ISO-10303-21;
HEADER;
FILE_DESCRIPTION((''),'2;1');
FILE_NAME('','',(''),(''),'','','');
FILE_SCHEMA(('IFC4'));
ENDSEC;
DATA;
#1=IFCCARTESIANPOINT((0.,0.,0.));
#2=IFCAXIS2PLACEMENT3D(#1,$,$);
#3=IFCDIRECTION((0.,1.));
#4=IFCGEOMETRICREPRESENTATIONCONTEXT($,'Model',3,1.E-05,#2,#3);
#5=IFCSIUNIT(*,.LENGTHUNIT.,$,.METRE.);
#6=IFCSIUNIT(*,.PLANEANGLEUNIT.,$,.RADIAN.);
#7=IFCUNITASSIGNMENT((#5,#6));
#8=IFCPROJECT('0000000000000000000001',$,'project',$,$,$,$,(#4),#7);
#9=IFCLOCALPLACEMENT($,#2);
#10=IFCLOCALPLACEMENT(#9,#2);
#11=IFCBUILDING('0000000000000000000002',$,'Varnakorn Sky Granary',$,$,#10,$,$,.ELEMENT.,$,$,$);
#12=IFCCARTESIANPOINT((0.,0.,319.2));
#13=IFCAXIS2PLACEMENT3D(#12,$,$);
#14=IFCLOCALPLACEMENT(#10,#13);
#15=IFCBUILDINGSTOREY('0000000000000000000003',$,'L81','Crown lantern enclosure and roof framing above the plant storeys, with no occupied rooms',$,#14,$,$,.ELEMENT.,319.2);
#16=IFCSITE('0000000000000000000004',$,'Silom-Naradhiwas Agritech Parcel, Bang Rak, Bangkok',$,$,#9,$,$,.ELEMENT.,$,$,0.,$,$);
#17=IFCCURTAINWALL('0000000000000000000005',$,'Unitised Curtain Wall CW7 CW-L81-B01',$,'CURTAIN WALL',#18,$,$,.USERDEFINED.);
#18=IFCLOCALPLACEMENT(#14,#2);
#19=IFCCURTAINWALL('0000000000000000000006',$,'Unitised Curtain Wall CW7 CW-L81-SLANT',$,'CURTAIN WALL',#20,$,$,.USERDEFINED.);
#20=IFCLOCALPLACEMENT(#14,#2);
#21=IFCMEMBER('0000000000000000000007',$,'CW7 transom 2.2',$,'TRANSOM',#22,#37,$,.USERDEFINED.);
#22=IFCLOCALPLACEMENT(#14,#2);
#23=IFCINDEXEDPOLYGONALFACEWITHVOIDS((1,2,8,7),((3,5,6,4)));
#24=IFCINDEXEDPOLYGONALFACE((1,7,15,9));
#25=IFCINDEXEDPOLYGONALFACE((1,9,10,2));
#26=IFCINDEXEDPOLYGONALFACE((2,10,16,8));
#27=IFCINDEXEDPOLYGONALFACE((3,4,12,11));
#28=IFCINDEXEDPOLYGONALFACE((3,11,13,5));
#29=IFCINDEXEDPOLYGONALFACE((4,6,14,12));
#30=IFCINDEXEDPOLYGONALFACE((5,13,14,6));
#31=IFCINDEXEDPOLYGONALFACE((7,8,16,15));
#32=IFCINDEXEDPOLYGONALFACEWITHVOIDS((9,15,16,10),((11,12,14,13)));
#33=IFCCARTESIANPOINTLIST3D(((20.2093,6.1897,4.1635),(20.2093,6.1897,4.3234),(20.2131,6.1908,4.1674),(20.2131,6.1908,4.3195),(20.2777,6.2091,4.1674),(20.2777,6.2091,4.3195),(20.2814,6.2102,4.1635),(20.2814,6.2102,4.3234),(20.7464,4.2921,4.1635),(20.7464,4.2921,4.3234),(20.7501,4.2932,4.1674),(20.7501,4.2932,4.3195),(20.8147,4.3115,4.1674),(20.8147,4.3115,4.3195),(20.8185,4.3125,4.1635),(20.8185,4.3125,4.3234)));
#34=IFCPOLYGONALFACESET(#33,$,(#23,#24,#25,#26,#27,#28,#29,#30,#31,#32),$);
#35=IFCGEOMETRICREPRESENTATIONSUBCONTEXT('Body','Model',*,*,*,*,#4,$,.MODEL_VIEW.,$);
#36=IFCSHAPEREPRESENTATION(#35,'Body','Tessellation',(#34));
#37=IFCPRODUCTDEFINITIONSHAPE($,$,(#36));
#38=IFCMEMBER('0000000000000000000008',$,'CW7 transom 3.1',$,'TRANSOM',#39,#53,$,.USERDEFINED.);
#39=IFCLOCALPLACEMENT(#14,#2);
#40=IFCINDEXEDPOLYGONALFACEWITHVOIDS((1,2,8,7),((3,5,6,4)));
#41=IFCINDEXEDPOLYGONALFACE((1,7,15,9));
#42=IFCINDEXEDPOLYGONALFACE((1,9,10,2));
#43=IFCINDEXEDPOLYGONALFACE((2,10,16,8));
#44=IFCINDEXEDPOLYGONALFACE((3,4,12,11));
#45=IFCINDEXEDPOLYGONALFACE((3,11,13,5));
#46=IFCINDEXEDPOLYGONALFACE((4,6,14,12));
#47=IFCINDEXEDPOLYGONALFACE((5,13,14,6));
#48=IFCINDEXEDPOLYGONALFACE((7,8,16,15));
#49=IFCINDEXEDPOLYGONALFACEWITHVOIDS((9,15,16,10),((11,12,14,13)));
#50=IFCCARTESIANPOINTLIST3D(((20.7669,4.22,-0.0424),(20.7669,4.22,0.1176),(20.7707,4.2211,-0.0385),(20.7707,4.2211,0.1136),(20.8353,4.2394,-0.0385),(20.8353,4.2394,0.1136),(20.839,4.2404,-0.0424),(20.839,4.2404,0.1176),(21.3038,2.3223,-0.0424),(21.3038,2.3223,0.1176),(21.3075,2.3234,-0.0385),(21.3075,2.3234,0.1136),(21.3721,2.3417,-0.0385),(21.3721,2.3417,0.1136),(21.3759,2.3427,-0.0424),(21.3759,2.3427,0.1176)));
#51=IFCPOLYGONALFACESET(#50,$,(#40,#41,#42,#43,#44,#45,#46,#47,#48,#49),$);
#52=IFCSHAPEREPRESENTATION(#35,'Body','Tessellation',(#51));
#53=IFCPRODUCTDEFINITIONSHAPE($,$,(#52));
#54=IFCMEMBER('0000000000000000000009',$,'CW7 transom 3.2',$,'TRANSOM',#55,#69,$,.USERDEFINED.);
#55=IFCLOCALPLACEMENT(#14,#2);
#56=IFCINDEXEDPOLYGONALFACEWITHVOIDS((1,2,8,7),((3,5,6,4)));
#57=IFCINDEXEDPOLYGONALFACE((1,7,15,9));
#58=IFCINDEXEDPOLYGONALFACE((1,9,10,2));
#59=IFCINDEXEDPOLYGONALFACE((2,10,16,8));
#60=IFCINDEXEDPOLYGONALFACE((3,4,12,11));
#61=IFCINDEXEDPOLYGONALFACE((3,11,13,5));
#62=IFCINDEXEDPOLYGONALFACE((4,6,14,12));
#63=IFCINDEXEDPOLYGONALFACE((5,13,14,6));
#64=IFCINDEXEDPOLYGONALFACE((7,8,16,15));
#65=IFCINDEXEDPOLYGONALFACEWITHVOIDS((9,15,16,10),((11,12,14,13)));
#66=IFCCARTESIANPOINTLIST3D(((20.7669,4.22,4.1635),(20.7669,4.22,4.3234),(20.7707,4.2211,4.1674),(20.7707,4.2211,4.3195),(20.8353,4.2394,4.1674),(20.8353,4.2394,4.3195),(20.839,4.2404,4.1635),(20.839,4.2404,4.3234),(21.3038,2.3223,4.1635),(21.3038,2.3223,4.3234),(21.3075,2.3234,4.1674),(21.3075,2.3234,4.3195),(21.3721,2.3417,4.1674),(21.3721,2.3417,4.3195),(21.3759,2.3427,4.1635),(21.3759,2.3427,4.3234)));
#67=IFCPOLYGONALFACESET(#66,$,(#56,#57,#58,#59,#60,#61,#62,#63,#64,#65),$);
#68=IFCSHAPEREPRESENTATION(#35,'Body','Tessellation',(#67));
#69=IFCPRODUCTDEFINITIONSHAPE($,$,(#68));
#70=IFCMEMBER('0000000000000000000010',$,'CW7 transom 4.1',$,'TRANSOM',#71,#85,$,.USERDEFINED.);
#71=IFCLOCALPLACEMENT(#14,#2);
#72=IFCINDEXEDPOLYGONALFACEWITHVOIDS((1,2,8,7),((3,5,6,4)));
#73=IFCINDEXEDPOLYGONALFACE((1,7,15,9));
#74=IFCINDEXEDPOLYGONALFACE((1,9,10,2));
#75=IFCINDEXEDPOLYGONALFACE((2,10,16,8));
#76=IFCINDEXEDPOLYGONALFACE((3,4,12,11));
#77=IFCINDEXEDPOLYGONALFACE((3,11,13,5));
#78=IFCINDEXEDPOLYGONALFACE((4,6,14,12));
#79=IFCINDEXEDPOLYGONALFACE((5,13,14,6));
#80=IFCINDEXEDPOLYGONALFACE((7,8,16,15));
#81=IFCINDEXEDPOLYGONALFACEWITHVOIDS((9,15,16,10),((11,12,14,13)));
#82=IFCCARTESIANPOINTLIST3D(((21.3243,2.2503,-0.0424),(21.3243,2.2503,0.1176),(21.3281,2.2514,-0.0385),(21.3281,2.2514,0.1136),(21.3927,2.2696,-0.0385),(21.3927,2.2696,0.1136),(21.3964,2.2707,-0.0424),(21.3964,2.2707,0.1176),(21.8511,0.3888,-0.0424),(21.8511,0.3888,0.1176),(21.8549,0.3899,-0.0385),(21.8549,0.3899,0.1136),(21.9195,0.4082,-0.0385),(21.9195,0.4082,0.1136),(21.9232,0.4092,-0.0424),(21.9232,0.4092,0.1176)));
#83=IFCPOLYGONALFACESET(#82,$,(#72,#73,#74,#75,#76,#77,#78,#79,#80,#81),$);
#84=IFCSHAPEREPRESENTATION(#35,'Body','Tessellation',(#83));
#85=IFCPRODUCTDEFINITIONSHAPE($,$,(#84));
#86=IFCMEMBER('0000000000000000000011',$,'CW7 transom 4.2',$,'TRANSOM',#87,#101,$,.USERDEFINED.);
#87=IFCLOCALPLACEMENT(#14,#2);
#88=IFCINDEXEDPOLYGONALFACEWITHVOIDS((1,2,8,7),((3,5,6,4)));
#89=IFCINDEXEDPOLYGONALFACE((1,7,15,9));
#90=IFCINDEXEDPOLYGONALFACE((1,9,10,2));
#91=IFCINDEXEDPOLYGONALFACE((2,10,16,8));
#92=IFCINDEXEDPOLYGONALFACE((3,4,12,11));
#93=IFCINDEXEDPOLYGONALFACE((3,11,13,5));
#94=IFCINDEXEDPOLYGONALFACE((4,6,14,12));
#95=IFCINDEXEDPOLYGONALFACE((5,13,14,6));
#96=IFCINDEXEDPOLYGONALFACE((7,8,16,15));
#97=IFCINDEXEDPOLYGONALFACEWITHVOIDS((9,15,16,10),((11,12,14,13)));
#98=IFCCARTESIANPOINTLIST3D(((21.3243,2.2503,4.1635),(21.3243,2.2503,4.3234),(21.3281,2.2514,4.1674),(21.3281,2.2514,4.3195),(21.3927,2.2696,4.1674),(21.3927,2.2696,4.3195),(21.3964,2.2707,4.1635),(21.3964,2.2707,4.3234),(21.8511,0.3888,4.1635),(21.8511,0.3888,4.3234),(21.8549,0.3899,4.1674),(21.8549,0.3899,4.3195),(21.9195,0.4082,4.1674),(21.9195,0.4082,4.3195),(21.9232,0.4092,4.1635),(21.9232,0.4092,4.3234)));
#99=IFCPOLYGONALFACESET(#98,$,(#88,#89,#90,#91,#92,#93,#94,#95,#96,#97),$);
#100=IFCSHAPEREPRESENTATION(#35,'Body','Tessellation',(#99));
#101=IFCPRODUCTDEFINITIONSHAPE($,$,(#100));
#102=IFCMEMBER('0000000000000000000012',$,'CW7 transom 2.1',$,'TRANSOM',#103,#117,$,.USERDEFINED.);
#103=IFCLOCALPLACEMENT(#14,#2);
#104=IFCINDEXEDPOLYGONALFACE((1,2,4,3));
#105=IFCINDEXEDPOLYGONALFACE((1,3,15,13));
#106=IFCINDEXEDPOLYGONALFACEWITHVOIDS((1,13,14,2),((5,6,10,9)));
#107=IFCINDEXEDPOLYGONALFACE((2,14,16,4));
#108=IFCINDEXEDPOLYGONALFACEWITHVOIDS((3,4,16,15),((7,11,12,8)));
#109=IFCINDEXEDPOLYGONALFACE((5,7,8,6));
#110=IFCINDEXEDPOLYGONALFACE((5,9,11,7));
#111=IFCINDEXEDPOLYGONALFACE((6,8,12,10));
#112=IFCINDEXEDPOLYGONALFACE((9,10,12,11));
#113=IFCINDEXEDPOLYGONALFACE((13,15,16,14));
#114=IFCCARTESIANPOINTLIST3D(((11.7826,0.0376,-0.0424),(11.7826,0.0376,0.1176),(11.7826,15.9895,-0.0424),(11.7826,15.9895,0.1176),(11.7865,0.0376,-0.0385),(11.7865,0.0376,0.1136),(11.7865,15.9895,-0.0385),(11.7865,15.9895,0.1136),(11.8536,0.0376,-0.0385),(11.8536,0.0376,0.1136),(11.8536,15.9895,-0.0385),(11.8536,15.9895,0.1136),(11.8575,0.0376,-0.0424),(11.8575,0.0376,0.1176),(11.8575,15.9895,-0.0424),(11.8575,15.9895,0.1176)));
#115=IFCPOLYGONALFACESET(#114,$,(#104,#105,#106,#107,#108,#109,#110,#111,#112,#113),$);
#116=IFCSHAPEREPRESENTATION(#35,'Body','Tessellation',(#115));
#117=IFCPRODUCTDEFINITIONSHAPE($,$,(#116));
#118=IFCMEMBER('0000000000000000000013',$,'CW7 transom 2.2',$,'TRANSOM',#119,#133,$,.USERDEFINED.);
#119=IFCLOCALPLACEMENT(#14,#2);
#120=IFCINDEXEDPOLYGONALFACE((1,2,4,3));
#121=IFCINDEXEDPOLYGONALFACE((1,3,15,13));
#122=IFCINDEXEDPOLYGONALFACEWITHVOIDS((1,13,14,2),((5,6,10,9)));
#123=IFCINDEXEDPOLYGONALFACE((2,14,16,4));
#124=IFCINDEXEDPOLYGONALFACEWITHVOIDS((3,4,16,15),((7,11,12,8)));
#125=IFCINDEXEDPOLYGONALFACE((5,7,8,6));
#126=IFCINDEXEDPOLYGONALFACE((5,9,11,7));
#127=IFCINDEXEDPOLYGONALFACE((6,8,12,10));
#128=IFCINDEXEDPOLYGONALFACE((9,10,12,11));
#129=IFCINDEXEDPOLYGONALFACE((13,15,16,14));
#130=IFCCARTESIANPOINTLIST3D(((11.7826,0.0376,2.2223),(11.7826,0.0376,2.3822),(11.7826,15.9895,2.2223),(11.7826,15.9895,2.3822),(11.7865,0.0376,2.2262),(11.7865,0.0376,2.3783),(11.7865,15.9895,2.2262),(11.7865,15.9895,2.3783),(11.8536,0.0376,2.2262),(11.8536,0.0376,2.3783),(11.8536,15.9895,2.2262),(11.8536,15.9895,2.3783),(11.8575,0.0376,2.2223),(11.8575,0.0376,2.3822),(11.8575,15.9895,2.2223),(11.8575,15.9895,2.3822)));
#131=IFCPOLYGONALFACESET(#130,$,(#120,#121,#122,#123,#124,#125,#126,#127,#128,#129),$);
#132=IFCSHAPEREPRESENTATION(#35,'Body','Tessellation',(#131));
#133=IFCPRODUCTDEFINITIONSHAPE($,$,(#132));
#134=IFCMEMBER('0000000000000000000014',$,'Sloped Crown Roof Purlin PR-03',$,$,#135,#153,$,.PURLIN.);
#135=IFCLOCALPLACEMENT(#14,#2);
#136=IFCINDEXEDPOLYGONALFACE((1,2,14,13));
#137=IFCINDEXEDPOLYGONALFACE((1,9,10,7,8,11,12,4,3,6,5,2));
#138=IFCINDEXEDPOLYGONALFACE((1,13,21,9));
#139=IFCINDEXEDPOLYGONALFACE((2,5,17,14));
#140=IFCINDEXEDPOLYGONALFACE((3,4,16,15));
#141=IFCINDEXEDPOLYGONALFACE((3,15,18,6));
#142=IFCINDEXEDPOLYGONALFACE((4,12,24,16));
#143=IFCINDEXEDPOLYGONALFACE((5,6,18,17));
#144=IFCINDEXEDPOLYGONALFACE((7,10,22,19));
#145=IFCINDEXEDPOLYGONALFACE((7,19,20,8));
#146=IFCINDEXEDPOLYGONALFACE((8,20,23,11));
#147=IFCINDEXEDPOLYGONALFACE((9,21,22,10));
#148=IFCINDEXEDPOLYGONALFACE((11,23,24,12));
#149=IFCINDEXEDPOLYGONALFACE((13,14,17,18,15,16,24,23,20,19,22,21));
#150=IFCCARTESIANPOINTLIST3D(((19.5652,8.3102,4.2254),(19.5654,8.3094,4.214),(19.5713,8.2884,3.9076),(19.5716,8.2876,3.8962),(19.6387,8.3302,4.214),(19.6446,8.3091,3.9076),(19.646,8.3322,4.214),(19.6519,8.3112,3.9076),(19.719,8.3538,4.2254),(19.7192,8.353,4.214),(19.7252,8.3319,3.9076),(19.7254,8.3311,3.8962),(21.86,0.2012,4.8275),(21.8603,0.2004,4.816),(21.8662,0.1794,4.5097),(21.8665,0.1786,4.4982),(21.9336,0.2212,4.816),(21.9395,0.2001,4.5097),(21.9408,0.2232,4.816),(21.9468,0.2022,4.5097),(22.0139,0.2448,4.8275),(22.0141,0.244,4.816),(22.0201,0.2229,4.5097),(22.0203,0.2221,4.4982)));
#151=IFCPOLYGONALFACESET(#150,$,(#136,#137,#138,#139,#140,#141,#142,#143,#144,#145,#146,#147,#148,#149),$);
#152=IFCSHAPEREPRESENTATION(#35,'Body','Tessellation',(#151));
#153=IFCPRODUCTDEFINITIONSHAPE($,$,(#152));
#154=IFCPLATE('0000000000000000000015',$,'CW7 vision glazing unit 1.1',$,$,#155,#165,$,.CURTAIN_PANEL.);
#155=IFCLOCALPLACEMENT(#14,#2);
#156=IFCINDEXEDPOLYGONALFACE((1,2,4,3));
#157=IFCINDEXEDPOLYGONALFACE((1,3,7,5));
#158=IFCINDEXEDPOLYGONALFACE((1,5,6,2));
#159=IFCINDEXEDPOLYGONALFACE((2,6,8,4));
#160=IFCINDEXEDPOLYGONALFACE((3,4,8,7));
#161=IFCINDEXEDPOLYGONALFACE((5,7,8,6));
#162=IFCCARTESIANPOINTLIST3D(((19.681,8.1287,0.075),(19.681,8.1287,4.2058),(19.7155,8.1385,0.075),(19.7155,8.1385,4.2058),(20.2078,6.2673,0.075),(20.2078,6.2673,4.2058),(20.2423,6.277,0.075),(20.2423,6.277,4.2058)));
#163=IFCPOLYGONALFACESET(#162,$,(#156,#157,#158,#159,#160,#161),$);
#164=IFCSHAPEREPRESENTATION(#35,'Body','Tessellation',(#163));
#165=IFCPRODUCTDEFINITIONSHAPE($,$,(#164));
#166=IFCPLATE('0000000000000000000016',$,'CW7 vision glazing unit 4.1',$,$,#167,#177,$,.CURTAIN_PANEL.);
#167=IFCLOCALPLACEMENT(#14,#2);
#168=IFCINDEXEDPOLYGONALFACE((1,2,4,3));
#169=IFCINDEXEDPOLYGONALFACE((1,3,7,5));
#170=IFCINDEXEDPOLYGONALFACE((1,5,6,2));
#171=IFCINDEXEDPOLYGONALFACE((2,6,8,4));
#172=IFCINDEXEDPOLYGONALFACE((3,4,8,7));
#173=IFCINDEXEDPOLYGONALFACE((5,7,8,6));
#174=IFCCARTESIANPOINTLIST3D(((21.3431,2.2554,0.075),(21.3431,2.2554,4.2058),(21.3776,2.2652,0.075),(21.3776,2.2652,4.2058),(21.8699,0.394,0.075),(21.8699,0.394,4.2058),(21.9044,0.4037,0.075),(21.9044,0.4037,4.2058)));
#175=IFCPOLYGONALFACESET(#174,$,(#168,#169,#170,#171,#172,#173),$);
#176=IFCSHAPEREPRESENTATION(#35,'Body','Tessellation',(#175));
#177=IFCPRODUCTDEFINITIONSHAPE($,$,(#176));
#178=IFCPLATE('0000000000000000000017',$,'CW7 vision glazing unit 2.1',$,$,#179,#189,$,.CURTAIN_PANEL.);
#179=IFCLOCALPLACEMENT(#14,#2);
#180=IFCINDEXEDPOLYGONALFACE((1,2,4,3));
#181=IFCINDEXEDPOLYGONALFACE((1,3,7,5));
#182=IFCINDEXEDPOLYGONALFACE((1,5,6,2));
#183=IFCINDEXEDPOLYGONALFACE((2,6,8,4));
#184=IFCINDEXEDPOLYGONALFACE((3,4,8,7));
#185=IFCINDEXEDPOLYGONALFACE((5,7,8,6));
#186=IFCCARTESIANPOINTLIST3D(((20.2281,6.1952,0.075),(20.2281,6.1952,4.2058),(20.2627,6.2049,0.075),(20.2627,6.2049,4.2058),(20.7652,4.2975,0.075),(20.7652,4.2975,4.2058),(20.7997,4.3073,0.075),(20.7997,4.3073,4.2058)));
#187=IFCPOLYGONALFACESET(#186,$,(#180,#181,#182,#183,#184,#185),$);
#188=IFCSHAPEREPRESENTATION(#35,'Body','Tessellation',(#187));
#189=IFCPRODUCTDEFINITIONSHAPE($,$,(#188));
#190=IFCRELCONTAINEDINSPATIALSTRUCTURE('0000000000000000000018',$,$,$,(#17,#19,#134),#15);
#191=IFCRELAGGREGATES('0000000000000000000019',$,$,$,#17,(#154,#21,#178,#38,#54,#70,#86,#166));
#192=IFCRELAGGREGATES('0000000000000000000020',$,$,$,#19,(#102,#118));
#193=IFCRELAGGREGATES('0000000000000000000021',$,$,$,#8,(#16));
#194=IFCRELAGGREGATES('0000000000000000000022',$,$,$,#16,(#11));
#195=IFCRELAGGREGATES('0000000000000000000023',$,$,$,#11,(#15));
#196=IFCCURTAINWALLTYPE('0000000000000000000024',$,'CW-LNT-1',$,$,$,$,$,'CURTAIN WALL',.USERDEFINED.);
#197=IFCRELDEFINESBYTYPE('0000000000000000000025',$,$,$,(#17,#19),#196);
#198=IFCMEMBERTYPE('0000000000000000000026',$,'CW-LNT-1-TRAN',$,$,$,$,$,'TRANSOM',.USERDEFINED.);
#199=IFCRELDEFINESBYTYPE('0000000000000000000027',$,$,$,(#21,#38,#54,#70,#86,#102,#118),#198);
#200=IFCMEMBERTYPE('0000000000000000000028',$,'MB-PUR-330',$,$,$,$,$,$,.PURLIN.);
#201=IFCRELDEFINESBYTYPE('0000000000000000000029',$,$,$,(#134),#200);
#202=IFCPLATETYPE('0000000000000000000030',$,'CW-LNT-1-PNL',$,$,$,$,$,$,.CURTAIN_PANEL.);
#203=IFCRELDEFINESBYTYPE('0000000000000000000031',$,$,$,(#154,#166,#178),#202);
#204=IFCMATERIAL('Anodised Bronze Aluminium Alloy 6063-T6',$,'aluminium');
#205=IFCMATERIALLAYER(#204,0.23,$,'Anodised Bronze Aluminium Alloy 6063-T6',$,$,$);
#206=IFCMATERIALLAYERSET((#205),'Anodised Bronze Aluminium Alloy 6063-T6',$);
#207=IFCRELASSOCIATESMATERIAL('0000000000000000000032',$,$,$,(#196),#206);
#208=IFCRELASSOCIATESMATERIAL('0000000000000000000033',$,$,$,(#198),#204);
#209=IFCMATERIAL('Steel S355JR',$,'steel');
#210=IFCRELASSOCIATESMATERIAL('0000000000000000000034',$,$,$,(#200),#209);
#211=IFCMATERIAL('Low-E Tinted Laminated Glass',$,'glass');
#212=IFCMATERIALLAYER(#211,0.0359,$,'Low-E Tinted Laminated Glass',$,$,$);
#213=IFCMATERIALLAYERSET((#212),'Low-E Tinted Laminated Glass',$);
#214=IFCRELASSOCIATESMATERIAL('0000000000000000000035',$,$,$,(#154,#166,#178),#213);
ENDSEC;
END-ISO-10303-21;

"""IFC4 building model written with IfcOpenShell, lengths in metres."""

from ifc_helpers import new_model, si_unit, direction, frame, origin, origin_2d, place, context, subcontext, project, spatial, rectangle, hollow_rectangle, i_section, extrude, source, transform, mapped, material, layer, layer_set, material_profile, profile_set, type_object, element, aggregate, save


model = new_model("IFC4")

# Units and contexts
model_context = context("Model", 3, precision=1e-05, world=origin(), true_north=direction((0.0, 1.0)))
body_context = subcontext(model_context, "Body", "Model", "MODEL_VIEW")
ifc_project = project(units=[si_unit("LENGTHUNIT", "METRE"), si_unit("PLANEANGLEUNIT", "RADIAN")], contexts=[model_context])

# Site, building, storey
site_placement = place(None, origin())
site = spatial("IfcSite", under=ifc_project, at=site_placement, Name="Silom-Naradhiwas Agritech Parcel, Bang Rak, Bangkok", CompositionType="ELEMENT", RefElevation=0.0)
building_placement = place(site_placement, origin())
building = spatial("IfcBuilding", under=site, at=building_placement, Name="Varnakorn Sky Granary", CompositionType="ELEMENT")
storey_placement = place(building_placement, frame((0.0, 0.0, 319.2)))
storey = spatial("IfcBuildingStorey", under=building, at=storey_placement, Name="L81", Description="Crown lantern enclosure and roof framing above the plant storeys, with no occupied rooms", CompositionType="ELEMENT", Elevation=319.2)

# Shared definitions
ifc_material_1 = material(Name="Steel S355JR", Category="steel")

# Curtain wall
ifc_material_2 = material(Name="Anodised Bronze Aluminium Alloy 6063-T6", Category="aluminium")
ifc_layer_1 = layer(ifc_material_2, 0.23, Name="Anodised Bronze Aluminium Alloy 6063-T6")
ifc_layer_set_1 = layer_set([ifc_layer_1], Name="Anodised Bronze Aluminium Alloy 6063-T6")
curtain_wall_type = type_object("IfcCurtainWallType", Name="CW-LNT-1", ElementType="CURTAIN WALL", PredefinedType="USERDEFINED", material=ifc_layer_set_1)
curtain_wall_1_placement = place(storey_placement, origin())
curtain_wall_1 = element("IfcCurtainWall", 1, at=curtain_wall_1_placement, inside=storey, type_object=curtain_wall_type, Name="Unitised Curtain Wall CW7 CW-L81-B01", ObjectType="CURTAIN WALL", PredefinedType="USERDEFINED")

# Curtain wall
curtain_wall_2_placement = place(storey_placement, origin())
curtain_wall_2 = element("IfcCurtainWall", 2, at=curtain_wall_2_placement, inside=storey, type_object=curtain_wall_type, Name="Unitised Curtain Wall CW7 CW-L81-SLANT", ObjectType="CURTAIN WALL", PredefinedType="USERDEFINED")

# Members
ifc_material_profile_1 = material_profile(ifc_material_2, hollow_rectangle(XDim=0.075, YDim=0.1599, WallThickness=0.0039, at=origin_2d()), Name="ALU TRAN 75x160")
ifc_profile_set_1 = profile_set([ifc_material_profile_1], Name="Anodised Bronze Aluminium Alloy 6063-T6")
member_type_1 = type_object("IfcMemberType", Name="CW-LNT-1-TRAN", ElementType="TRANSOM", PredefinedType="USERDEFINED", material=ifc_profile_set_1)
member_1_placement = place(storey_placement, frame((20.2454, 6.2, 4.2434), z_axis=(0.272333, -0.962203, 0.0), x_axis=(0.962203, 0.272333, 0.0)))
member_1 = element("IfcMember", 3, at=member_1_placement, type_object=member_type_1, Name="CW7 transom 2.2", ObjectType="TRANSOM", PredefinedType="USERDEFINED", context=body_context, shape_type="SweptSolid", body=[
    extrude(hollow_rectangle(XDim=0.075, YDim=0.1599, WallThickness=0.0039, at=origin_2d()), origin(), (0.0, 0.0, 1.0), 1.9722),
])
member_2_placement = place(storey_placement, frame((20.803, 4.2302, 0.0376), z_axis=(0.272219, -0.962235, 0.0), x_axis=(0.962235, 0.272219, 0.0)))
member_2 = element("IfcMember", 4, at=member_2_placement, type_object=member_type_1, Name="CW7 transom 3.1", ObjectType="TRANSOM", PredefinedType="USERDEFINED", context=body_context, shape_type="SweptSolid", body=[
    extrude(hollow_rectangle(XDim=0.075, YDim=0.1599, WallThickness=0.0039, at=origin_2d()), origin(), (0.0, 0.0, 1.0), 1.9722),
])
member_3_placement = place(storey_placement, frame((20.803, 4.2302, 4.2434), z_axis=(0.272219, -0.962235, 0.0), x_axis=(0.962235, 0.272219, 0.0)))
member_3 = element("IfcMember", 5, at=member_3_placement, type_object=member_type_1, Name="CW7 transom 3.2", ObjectType="TRANSOM", PredefinedType="USERDEFINED", context=body_context, shape_type="SweptSolid", body=[
    extrude(hollow_rectangle(XDim=0.075, YDim=0.1599, WallThickness=0.0039, at=origin_2d()), origin(), (0.0, 0.0, 1.0), 1.9722),
])
member_4_placement = place(storey_placement, frame((21.3604, 2.2605, 0.0376), z_axis=(0.27232, -0.962207, 0.0), x_axis=(0.962207, 0.27232, 0.0)))
member_4 = element("IfcMember", 6, at=member_4_placement, type_object=member_type_1, Name="CW7 transom 4.1", ObjectType="TRANSOM", PredefinedType="USERDEFINED", context=body_context, shape_type="SweptSolid", body=[
    extrude(hollow_rectangle(XDim=0.075, YDim=0.1599, WallThickness=0.0039, at=origin_2d()), origin(), (0.0, 0.0, 1.0), 1.9346),
])
member_5_placement = place(storey_placement, frame((21.3604, 2.2605, 4.2434), z_axis=(0.27232, -0.962207, 0.0), x_axis=(0.962207, 0.27232, 0.0)))
member_5 = element("IfcMember", 7, at=member_5_placement, type_object=member_type_1, Name="CW7 transom 4.2", ObjectType="TRANSOM", PredefinedType="USERDEFINED", context=body_context, shape_type="SweptSolid", body=[
    extrude(hollow_rectangle(XDim=0.075, YDim=0.1599, WallThickness=0.0039, at=origin_2d()), origin(), (0.0, 0.0, 1.0), 1.9346),
])
member_6_placement = place(storey_placement, frame((11.8201, 0.0376, 0.0376), z_axis=(0.0, 1.0, 0.0), x_axis=(-1.0, 0.0, 0.0)))
member_6 = element("IfcMember", 8, at=member_6_placement, type_object=member_type_1, Name="CW7 transom 2.1", ObjectType="TRANSOM", PredefinedType="USERDEFINED", context=body_context, shape_type="SweptSolid", body=[
    extrude(hollow_rectangle(XDim=0.075, YDim=0.1599, WallThickness=0.0039, at=origin_2d()), origin(), (0.0, 0.0, 1.0), 15.9519),
])
member_7_placement = place(storey_placement, frame((11.8201, 0.0376, 2.3022), z_axis=(0.0, 1.0, 0.0), x_axis=(-1.0, 0.0, 0.0)))
member_7 = element("IfcMember", 9, at=member_7_placement, type_object=member_type_1, Name="CW7 transom 2.2", ObjectType="TRANSOM", PredefinedType="USERDEFINED", context=body_context, shape_type="SweptSolid", body=[
    extrude(hollow_rectangle(XDim=0.075, YDim=0.1599, WallThickness=0.0039, at=origin_2d()), origin(), (0.0, 0.0, 1.0), 15.9519),
])
ifc_material_profile_2 = material_profile(ifc_material_1, i_section(OverallWidth=0.1599, OverallDepth=0.3301, WebThickness=0.0076, FlangeThickness=0.0115, at=origin_2d()), Name="IPE 330")
ifc_profile_set_2 = profile_set([ifc_material_profile_2], Name="Steel S355JR")
member_type_2 = type_object("IfcMemberType", Name="MB-PUR-330", PredefinedType="PURLIN", material=ifc_profile_set_2)
member_8_placement = place(storey_placement, frame((21.9402, 0.2117, 4.6628), z_axis=(-0.271618, 0.959764, -0.071256), x_axis=(-0.96221, -0.27231, 0.0)))
element("IfcMember", 10, at=member_8_placement, inside=storey, type_object=member_type_2, Name="Sloped Crown Roof Purlin PR-03", PredefinedType="PURLIN", context=body_context, shape_type="SweptSolid", body=[
    extrude(i_section(OverallWidth=0.1599, OverallDepth=0.3301, WebThickness=0.0076, FlangeThickness=0.0115, at=origin_2d()), origin(), (0.0, 0.0, 1.0), 8.449),
])

# Plates
ifc_material_3 = material(Name="Low-E Tinted Laminated Glass", Category="glass")
ifc_layer_2 = layer(ifc_material_3, 0.0359, Name="Low-E Tinted Laminated Glass")
ifc_layer_set_2 = layer_set([ifc_layer_2], Name="Low-E Tinted Laminated Glass")
plate_type = type_object("IfcPlateType", Name="CW-LNT-1-PNL", PredefinedType="CURTAIN_PANEL")
shared_shape_1 = source(origin(), body_context, "Body", "SweptSolid", [
    extrude(rectangle(XDim=1.9346, YDim=0.0359, at=origin_2d()), origin(), (0.0, 0.0, 1.0), 4.1309),
])
plate_1_placement = place(storey_placement, frame((19.9617, 7.2029, 0.075), z_axis=(0.0, 0.0, 1.0), x_axis=(0.272307, -0.96221, 0.0)))
plate_1 = element("IfcPlate", 11, at=plate_1_placement, type_object=plate_type, material=ifc_layer_set_2, Name="CW7 vision glazing unit 1.1", PredefinedType="CURTAIN_PANEL", context=body_context, shape_type="MappedRepresentation", body=[
    mapped(shared_shape_1, transform((0.0, 0.0, 0.0), x_axis=(1.0, 0.0, 0.0), y_axis=(0.0, 1.0, 0.0), z_axis=(0.0, 0.0, 1.0), scale=1.0)),
])
plate_2_placement = place(storey_placement, frame((21.6238, 1.3296, 0.075), z_axis=(0.0, 0.0, 1.0), x_axis=(0.272307, -0.96221, 0.0)))
plate_2 = element("IfcPlate", 12, at=plate_2_placement, type_object=plate_type, material=ifc_layer_set_2, Name="CW7 vision glazing unit 4.1", PredefinedType="CURTAIN_PANEL", context=body_context, shape_type="MappedRepresentation", body=[
    mapped(shared_shape_1, transform((0.0, 0.0, 0.0), x_axis=(1.0, 0.0, 0.0), y_axis=(0.0, 1.0, 0.0), z_axis=(0.0, 0.0, 1.0), scale=1.0)),
])
shared_shape_2 = source(origin(), body_context, "Body", "SweptSolid", [
    extrude(rectangle(XDim=1.9722, YDim=0.0359, at=origin_2d()), origin(), (0.0, 0.0, 1.0), 4.1309),
])
plate_3_placement = place(storey_placement, frame((20.5139, 5.2512, 0.075), z_axis=(0.0, 0.0, 1.0), x_axis=(0.272307, -0.96221, 0.0)))
plate_3 = element("IfcPlate", 13, at=plate_3_placement, type_object=plate_type, material=ifc_layer_set_2, Name="CW7 vision glazing unit 2.1", PredefinedType="CURTAIN_PANEL", context=body_context, shape_type="MappedRepresentation", body=[
    mapped(shared_shape_2, transform((0.0, 0.0, 0.0), x_axis=(1.0, 0.0, 0.0), y_axis=(0.0, 1.0, 0.0), z_axis=(0.0, 0.0, 1.0), scale=1.0)),
])
aggregate(curtain_wall_1, [plate_1, member_1, plate_3, member_2, member_3, member_4, member_5, plate_2])
aggregate(curtain_wall_2, [member_6, member_7])

save(model, "model.ifc")
